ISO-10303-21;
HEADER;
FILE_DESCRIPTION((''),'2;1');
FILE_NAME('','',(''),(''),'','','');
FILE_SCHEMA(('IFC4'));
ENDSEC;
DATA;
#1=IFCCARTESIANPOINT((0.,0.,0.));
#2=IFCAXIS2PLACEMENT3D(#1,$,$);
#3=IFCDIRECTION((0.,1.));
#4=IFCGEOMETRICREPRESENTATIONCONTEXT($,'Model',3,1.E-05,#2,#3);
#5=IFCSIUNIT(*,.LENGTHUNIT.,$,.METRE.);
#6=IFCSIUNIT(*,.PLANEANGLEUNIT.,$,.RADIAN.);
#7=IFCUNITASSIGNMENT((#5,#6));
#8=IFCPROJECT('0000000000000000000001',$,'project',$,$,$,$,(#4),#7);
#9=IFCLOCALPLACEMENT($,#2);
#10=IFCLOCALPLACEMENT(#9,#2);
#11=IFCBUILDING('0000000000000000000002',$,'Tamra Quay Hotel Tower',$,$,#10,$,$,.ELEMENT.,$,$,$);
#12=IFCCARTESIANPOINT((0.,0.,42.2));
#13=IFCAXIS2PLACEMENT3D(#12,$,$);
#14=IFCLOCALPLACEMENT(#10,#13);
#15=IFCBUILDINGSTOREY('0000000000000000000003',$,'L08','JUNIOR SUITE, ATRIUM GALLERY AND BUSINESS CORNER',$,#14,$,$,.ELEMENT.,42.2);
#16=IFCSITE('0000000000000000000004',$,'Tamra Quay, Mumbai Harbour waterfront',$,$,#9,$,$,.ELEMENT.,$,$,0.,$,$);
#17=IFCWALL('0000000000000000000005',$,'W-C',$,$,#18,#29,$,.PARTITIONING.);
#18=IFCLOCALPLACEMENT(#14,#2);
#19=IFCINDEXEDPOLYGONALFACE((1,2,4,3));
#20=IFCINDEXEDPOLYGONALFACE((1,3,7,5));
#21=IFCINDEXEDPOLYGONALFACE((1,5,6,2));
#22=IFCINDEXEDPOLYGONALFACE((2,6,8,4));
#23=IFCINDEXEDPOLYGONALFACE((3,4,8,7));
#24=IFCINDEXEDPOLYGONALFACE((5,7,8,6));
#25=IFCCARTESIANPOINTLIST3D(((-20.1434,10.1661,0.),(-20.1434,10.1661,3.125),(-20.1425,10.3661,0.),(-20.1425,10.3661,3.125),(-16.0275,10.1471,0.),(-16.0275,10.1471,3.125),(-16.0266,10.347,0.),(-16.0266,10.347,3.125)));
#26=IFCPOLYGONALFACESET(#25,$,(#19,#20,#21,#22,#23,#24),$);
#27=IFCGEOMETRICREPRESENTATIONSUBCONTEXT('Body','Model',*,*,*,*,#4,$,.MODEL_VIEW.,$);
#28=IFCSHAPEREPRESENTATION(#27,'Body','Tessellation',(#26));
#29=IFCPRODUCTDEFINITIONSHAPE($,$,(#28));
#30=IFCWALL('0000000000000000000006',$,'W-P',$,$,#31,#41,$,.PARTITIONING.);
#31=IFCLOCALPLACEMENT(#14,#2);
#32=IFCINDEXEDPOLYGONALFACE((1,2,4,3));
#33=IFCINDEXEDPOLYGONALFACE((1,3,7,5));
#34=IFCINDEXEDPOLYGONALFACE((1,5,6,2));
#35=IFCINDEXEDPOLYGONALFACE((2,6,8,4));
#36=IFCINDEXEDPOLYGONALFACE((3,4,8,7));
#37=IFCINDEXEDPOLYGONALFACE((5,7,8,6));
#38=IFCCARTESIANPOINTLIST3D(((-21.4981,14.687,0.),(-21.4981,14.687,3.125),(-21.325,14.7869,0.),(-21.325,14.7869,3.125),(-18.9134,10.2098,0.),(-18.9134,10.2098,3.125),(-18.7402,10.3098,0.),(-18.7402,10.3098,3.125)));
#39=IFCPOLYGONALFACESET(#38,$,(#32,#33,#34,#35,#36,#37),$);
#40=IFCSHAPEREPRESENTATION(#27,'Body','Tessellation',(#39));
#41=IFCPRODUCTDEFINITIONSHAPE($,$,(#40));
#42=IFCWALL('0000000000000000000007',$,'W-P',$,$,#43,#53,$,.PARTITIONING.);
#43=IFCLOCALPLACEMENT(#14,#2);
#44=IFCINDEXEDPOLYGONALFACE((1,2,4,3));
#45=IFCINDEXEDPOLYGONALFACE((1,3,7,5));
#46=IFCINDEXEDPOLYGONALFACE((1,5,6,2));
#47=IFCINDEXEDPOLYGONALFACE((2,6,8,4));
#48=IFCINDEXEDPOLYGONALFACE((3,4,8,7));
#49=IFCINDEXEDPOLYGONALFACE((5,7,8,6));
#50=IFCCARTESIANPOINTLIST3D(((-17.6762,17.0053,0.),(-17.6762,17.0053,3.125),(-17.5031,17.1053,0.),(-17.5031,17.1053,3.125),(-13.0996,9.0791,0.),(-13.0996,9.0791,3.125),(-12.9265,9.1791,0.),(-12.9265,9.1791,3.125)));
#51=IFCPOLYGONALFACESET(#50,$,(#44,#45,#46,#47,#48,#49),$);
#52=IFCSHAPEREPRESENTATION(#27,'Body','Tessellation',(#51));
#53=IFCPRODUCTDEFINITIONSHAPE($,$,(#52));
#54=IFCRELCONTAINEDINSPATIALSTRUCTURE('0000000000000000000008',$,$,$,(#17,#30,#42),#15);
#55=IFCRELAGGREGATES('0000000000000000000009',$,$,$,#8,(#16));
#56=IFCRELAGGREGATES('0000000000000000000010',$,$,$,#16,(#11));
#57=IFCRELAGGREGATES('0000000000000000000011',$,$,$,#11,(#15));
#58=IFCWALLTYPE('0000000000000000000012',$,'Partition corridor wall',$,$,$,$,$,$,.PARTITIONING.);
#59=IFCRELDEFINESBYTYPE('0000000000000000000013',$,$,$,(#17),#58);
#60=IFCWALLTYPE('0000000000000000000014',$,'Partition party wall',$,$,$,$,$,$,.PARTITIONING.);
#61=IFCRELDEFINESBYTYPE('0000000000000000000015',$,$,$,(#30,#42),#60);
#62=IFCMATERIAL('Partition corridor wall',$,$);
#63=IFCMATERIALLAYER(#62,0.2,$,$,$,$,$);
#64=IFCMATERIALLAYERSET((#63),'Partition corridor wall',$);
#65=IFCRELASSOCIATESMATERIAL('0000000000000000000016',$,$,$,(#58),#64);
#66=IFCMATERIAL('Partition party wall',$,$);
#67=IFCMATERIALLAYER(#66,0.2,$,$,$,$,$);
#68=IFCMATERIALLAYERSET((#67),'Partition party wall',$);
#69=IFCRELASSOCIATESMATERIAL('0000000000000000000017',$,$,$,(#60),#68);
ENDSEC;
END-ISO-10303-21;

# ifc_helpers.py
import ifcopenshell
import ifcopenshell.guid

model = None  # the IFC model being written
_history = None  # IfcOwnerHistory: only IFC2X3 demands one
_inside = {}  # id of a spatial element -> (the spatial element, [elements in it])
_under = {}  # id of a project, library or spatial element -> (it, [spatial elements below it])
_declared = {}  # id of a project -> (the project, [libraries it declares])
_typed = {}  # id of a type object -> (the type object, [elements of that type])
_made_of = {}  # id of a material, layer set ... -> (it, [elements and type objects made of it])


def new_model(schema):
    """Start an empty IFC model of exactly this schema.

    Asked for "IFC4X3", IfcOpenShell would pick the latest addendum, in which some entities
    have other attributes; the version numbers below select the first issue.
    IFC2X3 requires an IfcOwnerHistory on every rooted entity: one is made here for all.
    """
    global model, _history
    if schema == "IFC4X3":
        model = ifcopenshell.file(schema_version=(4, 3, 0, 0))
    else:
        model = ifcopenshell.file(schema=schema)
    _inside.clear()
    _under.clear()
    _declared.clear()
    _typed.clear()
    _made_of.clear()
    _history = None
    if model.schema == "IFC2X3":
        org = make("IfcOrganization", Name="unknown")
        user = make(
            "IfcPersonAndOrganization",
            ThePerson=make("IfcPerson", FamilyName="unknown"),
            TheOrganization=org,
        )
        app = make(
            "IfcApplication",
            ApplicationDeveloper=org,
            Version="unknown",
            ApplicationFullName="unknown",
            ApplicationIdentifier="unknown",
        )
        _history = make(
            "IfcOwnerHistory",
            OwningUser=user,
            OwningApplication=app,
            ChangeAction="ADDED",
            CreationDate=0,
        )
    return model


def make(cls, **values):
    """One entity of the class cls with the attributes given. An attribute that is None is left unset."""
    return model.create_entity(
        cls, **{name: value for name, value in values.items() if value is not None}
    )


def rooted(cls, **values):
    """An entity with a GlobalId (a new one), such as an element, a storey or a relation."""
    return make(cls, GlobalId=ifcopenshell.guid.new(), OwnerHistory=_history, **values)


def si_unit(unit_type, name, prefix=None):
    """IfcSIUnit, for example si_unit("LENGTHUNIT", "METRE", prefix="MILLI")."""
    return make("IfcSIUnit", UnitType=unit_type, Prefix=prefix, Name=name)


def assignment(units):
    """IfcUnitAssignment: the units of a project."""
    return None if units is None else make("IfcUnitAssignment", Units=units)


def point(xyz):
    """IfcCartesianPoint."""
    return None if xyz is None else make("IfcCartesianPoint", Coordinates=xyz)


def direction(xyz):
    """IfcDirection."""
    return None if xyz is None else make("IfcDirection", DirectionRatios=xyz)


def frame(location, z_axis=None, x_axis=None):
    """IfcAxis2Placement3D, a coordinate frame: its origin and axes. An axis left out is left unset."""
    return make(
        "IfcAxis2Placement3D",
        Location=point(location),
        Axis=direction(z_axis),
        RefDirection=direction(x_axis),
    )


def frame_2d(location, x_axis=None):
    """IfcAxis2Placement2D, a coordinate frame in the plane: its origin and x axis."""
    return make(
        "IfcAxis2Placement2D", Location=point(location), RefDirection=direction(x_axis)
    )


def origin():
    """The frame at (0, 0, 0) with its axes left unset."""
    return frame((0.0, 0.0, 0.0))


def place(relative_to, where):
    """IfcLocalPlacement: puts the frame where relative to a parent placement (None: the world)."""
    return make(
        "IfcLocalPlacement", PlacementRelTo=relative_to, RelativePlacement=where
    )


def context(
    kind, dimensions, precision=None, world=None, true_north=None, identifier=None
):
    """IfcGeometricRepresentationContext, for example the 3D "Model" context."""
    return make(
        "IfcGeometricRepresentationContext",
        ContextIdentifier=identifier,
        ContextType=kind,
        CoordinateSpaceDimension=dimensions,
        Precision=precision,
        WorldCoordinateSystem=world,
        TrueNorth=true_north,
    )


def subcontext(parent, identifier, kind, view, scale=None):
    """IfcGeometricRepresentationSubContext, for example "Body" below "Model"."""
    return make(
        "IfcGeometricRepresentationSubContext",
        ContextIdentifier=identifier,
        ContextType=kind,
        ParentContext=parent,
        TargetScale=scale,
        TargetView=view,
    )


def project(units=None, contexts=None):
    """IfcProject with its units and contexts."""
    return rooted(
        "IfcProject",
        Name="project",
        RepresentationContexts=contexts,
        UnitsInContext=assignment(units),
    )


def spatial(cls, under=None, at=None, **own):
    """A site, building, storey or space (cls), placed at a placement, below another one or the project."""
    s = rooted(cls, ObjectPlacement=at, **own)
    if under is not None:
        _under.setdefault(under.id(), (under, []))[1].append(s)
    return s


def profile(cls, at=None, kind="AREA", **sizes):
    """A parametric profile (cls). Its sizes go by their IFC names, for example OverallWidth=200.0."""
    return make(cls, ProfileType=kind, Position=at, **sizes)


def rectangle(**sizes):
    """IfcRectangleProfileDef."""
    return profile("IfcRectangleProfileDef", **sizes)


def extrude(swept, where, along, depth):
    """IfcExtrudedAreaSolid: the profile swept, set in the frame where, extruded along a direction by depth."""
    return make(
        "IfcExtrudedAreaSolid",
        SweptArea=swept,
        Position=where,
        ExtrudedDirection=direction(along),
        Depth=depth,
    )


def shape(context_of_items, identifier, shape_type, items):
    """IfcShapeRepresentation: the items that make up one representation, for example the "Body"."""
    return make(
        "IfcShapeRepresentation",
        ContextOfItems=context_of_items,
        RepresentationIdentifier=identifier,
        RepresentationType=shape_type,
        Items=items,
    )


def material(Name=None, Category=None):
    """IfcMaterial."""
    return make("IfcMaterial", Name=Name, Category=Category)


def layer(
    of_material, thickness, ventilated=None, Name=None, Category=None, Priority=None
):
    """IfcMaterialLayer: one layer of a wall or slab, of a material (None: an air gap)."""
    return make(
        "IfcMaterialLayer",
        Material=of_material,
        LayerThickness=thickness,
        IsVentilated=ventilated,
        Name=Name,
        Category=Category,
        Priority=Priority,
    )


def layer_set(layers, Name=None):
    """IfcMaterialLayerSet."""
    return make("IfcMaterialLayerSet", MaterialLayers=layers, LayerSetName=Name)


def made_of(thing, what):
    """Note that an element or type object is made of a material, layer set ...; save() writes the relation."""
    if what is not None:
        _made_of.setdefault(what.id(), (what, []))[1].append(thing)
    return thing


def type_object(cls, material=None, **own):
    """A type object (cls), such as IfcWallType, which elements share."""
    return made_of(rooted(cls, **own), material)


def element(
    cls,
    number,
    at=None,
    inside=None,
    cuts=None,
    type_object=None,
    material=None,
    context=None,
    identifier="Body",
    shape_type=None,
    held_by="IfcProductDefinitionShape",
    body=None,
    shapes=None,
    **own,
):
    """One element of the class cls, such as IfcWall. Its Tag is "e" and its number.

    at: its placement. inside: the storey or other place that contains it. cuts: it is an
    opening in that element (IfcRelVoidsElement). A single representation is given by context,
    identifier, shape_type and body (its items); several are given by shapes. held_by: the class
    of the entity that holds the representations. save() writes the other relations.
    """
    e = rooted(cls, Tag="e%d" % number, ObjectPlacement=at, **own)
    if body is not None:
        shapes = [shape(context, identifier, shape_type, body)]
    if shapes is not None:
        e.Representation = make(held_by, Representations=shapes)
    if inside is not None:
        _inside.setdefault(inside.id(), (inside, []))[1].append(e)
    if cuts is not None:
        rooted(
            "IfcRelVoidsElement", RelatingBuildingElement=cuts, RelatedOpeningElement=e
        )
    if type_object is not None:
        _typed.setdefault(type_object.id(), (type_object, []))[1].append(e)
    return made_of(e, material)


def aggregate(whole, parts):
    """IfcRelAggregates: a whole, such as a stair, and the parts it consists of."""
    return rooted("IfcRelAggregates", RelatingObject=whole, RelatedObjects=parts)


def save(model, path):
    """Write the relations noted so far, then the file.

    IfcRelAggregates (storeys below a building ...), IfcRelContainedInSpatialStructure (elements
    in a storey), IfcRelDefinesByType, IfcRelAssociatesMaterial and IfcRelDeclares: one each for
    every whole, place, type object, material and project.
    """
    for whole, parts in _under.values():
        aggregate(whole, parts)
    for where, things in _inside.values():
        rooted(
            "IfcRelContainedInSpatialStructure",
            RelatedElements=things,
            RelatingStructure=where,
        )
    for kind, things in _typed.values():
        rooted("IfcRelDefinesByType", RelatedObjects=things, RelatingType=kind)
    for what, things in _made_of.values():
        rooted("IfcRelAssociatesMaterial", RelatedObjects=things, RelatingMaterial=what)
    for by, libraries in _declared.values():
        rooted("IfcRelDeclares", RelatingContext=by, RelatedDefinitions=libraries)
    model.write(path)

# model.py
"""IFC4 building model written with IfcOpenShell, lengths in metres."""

from ifc_helpers import new_model, si_unit, direction, frame, frame_2d, origin, place, context, subcontext, project, spatial, rectangle, extrude, material, layer, layer_set, type_object, element, save


model = new_model("IFC4")

# Units and contexts
model_context = context("Model", 3, precision=1e-05, world=origin(), true_north=direction((0.0, 1.0)))
body_context = subcontext(model_context, "Body", "Model", "MODEL_VIEW")
ifc_project = project(units=[si_unit("LENGTHUNIT", "METRE"), si_unit("PLANEANGLEUNIT", "RADIAN")], contexts=[model_context])

# Site, building, storey
site_placement = place(None, origin())
site = spatial("IfcSite", under=ifc_project, at=site_placement, Name="Tamra Quay, Mumbai Harbour waterfront", CompositionType="ELEMENT", RefElevation=0.0)
building_placement = place(site_placement, origin())
building = spatial("IfcBuilding", under=site, at=building_placement, Name="Tamra Quay Hotel Tower", CompositionType="ELEMENT")
storey_placement = place(building_placement, frame((0.0, 0.0, 42.2)))
storey = spatial("IfcBuildingStorey", under=building, at=storey_placement, Name="L08", Description="JUNIOR SUITE, ATRIUM GALLERY AND BUSINESS CORNER", CompositionType="ELEMENT", Elevation=42.2)

# Shared definitions
ifc_material_1 = material(Name="Partition corridor wall")
ifc_layer_1 = layer(ifc_material_1, 0.2)
ifc_layer_set_1 = layer_set([ifc_layer_1], Name="Partition corridor wall")
wall_type_1 = type_object("IfcWallType", Name="Partition corridor wall", PredefinedType="PARTITIONING", material=ifc_layer_set_1)

# Walls
wall_1_placement = place(storey_placement, frame((-20.1431, 10.2661, 0.0), z_axis=(0.0, 0.0, 1.0), x_axis=(0.999989, -0.004627, 0.0)))
element("IfcWall", 1, at=wall_1_placement, inside=storey, type_object=wall_type_1, Name="W-C", PredefinedType="PARTITIONING", context=body_context, shape_type="SweptSolid", body=[
    extrude(rectangle(XDim=4.116, YDim=0.2, at=frame_2d((2.0581, 0.0))), origin(), (0.0, 0.0, 1.0), 3.125),
])
ifc_material_2 = material(Name="Partition party wall")
ifc_layer_2 = layer(ifc_material_2, 0.2)
ifc_layer_set_2 = layer_set([ifc_layer_2], Name="Partition party wall")
wall_type_2 = type_object("IfcWallType", Name="Partition party wall", PredefinedType="PARTITIONING", material=ifc_layer_set_2)
wall_2_placement = place(storey_placement, frame((-21.4116, 14.7371, 0.0), z_axis=(0.0, 0.0, 1.0), x_axis=(0.499984, -0.866035, 0.0)))
element("IfcWall", 2, at=wall_2_placement, inside=storey, type_object=wall_type_2, Name="W-P", PredefinedType="PARTITIONING", context=body_context, shape_type="SweptSolid", body=[
    extrude(rectangle(XDim=5.1697, YDim=0.2, at=frame_2d((2.585, 0.0))), origin(), (0.0, 0.0, 1.0), 3.125),
])
wall_3_placement = place(storey_placement, frame((-17.5896, 17.0552, 0.0), z_axis=(0.0, 0.0, 1.0), x_axis=(0.500035, -0.866005, 0.0)))
element("IfcWall", 3, at=wall_3_placement, inside=storey, type_object=wall_type_2, Name="W-P", PredefinedType="PARTITIONING", context=body_context, shape_type="SweptSolid", body=[
    extrude(rectangle(XDim=9.1526, YDim=0.2, at=frame_2d((4.5762, 0.0))), origin(), (0.0, 0.0, 1.0), 3.125),
])

save(model, "model.ifc")
